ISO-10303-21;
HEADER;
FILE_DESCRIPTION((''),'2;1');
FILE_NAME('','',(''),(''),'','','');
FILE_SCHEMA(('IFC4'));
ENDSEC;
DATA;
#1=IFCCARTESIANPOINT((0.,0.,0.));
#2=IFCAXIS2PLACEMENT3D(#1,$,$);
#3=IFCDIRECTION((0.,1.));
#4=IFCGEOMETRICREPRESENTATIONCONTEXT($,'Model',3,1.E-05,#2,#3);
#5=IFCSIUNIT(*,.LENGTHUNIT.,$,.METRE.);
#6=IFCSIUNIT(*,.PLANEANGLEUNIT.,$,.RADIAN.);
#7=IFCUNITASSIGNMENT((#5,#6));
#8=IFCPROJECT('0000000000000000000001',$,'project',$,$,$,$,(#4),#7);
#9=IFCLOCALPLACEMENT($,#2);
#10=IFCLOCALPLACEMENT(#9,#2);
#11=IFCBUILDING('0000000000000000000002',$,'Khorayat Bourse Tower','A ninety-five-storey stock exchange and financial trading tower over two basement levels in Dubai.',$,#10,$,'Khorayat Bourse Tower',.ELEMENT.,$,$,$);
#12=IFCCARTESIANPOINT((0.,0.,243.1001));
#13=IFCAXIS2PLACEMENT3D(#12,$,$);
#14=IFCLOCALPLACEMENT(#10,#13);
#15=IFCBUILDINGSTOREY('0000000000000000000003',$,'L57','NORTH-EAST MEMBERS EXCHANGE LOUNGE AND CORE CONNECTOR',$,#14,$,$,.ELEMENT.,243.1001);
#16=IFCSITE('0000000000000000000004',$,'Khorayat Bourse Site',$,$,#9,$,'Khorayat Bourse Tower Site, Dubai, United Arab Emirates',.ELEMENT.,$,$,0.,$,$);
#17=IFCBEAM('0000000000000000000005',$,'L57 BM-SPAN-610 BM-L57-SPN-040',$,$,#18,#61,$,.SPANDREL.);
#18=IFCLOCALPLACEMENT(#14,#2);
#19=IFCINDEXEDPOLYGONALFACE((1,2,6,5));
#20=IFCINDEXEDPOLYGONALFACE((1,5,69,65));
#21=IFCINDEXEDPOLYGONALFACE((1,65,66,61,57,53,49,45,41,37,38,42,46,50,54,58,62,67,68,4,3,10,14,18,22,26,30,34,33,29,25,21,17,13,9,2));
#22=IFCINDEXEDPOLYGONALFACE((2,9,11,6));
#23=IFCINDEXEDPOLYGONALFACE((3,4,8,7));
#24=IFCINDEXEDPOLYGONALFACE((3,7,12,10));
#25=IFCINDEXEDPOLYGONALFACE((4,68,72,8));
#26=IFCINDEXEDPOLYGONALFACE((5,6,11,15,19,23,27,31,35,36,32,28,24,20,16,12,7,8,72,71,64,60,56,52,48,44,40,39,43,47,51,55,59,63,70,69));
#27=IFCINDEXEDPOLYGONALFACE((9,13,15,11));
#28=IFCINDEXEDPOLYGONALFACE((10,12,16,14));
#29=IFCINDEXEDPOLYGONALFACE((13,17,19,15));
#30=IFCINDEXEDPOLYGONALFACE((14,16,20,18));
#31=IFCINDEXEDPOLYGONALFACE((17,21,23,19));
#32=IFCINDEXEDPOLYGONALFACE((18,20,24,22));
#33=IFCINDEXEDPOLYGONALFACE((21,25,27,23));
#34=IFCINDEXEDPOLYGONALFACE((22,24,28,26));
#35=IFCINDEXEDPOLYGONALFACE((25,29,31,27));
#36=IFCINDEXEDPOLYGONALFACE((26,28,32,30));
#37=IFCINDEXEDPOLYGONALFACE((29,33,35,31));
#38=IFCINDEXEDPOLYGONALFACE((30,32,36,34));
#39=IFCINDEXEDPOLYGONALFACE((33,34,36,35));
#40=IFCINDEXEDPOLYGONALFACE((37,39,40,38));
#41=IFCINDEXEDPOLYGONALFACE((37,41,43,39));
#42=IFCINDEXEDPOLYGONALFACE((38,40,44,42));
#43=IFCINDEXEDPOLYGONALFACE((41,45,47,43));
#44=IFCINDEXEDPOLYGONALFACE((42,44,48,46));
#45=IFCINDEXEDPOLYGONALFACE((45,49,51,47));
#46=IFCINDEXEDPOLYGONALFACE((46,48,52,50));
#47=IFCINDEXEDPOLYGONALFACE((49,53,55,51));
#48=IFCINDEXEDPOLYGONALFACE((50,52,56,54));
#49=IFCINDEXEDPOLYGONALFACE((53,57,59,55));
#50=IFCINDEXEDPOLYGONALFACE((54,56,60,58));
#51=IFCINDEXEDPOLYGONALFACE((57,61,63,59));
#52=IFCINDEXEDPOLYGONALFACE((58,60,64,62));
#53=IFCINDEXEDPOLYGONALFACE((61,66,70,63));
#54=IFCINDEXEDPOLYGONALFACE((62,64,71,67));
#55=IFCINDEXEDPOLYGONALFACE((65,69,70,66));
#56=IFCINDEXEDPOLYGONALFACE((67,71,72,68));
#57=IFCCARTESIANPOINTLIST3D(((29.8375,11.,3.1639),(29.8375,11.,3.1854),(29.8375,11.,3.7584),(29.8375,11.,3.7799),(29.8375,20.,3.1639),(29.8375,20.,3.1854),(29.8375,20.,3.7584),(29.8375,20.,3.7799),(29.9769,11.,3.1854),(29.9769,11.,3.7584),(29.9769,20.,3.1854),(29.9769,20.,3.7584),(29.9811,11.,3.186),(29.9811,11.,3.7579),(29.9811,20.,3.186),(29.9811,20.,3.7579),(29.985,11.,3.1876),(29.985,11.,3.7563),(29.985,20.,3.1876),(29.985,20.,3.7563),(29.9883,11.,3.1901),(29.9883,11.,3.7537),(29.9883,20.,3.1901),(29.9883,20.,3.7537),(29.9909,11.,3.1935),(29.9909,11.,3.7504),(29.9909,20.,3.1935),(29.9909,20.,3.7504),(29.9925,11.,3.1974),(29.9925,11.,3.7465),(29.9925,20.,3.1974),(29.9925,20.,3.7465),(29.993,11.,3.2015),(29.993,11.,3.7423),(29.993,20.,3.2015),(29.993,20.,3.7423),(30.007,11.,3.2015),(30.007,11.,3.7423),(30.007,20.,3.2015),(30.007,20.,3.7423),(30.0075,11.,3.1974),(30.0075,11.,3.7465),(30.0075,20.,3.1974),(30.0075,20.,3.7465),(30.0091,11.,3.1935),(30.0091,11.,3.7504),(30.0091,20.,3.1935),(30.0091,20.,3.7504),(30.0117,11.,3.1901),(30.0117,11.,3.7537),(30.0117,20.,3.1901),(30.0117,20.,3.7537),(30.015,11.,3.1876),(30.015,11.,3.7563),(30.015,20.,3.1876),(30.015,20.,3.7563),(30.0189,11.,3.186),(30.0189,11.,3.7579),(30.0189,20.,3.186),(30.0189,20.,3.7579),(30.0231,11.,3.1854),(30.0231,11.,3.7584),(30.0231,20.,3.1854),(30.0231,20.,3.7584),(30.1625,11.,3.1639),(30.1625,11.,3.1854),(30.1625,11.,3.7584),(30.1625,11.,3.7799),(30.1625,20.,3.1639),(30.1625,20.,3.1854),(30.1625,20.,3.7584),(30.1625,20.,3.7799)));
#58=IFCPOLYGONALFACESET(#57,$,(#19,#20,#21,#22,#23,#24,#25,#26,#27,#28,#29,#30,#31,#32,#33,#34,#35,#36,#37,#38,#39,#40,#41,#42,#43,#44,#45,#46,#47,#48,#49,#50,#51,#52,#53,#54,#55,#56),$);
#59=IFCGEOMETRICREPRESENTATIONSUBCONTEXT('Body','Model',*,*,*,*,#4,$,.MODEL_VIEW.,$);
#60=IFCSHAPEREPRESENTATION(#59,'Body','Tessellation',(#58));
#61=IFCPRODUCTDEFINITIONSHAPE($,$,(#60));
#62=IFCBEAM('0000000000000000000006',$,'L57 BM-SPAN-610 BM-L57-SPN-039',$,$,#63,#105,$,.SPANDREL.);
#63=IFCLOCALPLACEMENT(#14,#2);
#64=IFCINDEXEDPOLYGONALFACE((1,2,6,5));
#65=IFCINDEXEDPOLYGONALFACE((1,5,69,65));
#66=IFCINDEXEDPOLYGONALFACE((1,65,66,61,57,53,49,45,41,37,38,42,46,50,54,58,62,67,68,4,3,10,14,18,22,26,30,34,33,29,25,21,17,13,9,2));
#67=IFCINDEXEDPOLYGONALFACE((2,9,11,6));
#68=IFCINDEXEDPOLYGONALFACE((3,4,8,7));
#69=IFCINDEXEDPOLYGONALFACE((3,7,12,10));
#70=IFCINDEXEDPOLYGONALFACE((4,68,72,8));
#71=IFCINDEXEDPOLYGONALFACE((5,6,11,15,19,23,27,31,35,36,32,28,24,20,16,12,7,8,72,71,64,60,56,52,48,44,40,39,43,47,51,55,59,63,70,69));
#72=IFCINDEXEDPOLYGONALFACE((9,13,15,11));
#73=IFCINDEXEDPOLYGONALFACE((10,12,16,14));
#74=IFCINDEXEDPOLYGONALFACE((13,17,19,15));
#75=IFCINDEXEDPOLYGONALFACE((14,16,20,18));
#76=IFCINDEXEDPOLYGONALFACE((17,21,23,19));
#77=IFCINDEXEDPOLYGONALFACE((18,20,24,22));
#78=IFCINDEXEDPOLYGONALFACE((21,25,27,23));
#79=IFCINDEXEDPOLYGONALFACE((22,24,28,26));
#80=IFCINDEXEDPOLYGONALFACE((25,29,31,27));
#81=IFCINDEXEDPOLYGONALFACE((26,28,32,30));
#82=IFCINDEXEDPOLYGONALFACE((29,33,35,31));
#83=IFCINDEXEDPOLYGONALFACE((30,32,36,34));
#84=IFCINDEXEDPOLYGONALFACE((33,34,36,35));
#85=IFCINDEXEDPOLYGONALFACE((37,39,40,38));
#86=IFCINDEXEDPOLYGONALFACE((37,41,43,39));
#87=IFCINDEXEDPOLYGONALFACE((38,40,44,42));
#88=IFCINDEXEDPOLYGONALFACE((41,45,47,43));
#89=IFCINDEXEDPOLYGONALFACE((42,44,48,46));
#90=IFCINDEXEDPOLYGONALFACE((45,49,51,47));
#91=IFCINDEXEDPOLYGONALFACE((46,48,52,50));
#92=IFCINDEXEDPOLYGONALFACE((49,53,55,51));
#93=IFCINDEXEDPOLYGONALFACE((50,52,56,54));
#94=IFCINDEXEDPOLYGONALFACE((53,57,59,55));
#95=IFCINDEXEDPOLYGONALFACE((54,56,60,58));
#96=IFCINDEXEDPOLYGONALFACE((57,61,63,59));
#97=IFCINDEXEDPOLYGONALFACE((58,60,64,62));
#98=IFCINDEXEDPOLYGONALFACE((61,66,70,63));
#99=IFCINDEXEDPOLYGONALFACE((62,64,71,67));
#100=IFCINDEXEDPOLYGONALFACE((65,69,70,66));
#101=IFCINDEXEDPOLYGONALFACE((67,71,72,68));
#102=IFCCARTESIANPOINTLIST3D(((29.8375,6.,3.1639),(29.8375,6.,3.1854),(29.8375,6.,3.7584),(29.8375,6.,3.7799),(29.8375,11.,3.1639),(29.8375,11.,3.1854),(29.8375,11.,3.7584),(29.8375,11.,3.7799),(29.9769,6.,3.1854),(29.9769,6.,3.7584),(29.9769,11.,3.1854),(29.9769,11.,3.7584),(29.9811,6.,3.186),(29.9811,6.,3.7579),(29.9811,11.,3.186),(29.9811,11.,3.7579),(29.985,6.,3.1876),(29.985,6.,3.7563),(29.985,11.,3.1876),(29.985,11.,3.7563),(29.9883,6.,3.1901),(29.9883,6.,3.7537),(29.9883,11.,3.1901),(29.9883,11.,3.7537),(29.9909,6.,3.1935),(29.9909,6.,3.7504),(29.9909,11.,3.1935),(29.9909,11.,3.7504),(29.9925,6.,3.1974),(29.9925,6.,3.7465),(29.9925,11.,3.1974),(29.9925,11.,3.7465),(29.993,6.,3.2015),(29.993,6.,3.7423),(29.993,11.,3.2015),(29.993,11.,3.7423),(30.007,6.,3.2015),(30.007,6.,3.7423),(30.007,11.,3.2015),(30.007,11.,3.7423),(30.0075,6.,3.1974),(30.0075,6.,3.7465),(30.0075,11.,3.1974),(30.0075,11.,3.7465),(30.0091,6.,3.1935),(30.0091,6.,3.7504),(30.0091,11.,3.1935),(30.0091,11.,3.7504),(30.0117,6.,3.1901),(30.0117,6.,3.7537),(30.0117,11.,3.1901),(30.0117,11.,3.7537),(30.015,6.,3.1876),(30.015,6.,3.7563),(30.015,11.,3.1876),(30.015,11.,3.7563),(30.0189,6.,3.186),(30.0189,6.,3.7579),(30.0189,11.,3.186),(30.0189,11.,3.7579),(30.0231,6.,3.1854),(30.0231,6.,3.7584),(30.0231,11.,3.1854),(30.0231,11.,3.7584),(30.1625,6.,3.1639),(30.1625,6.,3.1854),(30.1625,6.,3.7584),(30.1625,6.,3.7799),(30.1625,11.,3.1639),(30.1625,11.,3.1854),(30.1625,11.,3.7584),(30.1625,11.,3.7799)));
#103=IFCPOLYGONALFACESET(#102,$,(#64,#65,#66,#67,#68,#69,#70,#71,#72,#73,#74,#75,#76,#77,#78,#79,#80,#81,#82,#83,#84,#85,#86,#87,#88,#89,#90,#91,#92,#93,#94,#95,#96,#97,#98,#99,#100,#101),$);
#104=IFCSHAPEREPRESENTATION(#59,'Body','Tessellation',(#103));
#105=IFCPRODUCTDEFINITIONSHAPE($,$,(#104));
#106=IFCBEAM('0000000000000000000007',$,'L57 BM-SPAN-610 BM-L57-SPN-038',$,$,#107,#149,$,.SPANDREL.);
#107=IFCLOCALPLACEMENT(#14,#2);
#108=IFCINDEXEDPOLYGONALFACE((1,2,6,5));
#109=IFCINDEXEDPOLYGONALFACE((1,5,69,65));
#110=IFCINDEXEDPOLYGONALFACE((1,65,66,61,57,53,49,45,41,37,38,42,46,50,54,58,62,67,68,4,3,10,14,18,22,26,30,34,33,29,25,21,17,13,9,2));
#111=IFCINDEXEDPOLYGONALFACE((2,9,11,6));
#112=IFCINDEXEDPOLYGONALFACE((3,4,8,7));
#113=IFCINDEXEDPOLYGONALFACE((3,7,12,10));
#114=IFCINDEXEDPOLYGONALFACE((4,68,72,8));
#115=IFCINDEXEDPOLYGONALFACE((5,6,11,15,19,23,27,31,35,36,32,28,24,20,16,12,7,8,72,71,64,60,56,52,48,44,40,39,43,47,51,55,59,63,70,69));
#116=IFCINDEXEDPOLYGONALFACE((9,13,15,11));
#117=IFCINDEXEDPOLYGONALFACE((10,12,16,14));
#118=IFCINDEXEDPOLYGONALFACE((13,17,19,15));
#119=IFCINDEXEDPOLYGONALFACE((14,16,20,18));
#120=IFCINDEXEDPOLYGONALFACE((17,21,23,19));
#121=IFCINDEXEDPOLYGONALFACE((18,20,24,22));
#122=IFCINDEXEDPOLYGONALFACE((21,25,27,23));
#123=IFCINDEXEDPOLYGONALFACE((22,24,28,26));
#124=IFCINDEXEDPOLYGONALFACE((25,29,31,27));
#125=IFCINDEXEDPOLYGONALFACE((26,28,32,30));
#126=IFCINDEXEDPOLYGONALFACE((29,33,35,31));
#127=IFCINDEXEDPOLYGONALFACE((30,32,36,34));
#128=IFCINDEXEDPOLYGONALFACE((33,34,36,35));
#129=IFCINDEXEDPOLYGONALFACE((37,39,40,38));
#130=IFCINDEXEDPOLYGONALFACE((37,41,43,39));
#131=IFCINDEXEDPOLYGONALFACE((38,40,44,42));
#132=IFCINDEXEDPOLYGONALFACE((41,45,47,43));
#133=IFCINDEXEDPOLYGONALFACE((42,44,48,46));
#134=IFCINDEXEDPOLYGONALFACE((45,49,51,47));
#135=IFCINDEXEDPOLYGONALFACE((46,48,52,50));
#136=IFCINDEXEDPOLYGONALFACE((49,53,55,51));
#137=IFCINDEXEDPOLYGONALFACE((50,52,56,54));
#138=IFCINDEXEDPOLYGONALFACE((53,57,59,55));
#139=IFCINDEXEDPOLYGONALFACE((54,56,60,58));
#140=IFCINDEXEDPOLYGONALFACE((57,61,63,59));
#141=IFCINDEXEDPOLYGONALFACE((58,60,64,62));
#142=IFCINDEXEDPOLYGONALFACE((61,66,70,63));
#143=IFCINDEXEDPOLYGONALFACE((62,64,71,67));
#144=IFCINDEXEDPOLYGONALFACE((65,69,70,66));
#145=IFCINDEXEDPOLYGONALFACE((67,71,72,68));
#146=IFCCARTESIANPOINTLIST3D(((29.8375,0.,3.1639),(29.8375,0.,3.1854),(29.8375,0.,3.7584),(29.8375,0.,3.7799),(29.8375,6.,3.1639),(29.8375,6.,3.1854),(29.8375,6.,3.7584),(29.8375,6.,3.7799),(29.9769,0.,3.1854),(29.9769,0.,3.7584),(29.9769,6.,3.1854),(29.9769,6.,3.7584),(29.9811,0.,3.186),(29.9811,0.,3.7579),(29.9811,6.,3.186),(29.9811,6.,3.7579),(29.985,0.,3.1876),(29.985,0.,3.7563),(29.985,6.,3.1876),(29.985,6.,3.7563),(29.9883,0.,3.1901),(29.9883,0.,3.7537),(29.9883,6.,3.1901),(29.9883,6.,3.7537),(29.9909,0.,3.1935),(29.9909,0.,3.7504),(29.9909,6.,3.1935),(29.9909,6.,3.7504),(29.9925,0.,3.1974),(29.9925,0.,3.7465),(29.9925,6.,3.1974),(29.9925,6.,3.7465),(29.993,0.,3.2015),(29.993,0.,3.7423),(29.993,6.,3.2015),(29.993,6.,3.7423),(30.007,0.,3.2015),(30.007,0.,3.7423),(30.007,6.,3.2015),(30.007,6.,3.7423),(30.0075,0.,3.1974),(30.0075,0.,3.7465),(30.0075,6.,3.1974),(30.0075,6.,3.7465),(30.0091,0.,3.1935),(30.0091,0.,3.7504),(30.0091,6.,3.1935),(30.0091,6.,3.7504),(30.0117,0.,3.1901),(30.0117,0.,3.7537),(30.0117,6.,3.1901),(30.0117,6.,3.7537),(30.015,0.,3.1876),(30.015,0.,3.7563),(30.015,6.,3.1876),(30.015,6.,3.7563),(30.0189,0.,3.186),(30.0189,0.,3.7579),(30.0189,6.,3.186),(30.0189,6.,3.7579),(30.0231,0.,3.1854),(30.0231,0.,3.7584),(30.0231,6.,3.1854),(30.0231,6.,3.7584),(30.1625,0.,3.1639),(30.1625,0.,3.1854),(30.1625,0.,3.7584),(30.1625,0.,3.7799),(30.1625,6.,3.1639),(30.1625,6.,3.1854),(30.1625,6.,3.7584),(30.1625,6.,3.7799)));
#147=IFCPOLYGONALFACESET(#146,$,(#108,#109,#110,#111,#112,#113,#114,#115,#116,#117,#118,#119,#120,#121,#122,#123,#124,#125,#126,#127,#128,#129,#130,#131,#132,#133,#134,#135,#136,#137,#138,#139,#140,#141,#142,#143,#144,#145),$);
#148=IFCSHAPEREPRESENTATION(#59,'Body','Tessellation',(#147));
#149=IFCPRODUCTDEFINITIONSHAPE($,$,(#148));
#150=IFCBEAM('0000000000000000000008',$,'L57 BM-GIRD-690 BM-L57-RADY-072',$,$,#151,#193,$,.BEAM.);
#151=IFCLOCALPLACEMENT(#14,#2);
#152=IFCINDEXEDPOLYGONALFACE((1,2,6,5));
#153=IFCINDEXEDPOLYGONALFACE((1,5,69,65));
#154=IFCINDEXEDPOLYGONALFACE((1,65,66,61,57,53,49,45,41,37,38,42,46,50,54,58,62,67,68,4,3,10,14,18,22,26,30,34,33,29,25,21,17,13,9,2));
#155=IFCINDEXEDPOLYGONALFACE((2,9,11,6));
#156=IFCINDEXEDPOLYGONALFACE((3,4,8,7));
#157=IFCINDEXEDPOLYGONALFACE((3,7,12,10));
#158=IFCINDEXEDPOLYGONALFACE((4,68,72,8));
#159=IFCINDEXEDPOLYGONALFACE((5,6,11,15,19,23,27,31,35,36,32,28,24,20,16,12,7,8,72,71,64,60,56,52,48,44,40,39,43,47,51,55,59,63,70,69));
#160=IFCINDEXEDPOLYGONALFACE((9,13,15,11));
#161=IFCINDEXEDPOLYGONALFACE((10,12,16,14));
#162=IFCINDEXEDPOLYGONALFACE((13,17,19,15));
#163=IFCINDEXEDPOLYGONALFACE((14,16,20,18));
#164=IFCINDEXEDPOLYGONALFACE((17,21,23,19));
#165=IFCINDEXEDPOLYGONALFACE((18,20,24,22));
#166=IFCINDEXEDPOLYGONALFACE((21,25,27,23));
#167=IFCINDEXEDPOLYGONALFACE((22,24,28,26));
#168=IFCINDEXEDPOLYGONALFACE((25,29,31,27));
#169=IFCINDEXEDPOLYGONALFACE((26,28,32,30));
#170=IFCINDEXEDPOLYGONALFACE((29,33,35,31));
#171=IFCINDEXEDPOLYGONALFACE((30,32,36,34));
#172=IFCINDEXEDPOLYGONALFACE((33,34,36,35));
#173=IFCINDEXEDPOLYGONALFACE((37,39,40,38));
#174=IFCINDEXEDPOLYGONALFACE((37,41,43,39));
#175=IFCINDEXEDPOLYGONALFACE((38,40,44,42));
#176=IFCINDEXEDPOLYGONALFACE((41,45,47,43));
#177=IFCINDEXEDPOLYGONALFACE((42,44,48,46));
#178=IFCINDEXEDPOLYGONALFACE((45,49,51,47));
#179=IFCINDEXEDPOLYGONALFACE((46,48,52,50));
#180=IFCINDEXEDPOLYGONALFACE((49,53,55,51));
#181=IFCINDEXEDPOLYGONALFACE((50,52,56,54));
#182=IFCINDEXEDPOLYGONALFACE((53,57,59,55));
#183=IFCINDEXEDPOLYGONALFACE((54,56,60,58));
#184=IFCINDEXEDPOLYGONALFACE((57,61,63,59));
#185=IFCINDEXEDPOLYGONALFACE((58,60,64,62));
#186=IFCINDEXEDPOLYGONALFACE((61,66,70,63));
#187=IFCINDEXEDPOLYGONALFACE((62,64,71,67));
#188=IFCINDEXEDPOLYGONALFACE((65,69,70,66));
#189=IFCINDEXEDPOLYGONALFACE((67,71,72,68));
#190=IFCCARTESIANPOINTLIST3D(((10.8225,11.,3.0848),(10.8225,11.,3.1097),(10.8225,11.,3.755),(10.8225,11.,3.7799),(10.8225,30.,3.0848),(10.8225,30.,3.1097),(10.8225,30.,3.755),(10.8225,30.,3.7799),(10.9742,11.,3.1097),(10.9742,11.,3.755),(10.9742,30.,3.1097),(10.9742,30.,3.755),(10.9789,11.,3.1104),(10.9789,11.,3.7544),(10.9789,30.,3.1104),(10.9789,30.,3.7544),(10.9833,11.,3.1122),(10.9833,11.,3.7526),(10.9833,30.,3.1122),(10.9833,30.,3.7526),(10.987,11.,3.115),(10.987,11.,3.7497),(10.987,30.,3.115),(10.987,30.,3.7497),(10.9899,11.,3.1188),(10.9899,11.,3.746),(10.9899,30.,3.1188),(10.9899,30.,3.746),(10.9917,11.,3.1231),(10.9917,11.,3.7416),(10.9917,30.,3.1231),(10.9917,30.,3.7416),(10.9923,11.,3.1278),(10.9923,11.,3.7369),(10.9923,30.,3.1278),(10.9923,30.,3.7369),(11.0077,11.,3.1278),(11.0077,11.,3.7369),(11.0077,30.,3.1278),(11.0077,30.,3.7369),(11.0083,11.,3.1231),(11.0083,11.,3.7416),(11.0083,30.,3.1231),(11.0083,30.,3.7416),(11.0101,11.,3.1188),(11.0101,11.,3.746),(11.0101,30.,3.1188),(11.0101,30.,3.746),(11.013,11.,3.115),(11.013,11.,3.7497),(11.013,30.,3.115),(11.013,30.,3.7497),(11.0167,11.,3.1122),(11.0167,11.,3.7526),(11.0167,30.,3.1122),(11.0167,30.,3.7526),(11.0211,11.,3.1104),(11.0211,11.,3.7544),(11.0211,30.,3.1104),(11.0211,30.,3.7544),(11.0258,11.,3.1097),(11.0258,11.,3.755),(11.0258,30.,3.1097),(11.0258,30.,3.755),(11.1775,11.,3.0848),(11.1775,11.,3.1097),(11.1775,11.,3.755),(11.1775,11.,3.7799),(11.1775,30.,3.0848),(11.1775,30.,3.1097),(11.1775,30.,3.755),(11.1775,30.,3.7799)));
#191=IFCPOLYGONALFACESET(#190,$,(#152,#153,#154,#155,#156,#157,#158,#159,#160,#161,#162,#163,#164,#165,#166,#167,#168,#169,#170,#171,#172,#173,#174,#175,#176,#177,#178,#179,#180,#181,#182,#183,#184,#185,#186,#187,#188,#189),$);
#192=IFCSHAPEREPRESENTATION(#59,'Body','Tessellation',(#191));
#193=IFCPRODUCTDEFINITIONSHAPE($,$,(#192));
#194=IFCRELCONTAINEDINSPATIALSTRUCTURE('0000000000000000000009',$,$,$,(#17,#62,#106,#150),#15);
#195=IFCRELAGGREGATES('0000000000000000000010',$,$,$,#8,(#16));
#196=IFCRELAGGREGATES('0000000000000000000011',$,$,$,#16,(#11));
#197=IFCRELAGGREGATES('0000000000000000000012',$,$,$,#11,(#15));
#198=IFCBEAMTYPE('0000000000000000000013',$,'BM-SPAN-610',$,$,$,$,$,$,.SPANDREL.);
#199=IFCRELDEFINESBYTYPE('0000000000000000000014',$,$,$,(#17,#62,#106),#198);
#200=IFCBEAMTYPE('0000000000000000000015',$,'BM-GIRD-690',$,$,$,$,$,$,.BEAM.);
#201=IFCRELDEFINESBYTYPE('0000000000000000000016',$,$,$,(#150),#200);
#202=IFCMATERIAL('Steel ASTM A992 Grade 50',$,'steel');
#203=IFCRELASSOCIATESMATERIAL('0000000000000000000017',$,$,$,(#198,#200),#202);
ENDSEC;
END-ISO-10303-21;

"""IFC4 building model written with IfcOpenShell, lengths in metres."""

from ifc_helpers import new_model, si_unit, direction, frame, origin, origin_2d, place, context, subcontext, project, spatial, i_section, extrude, source, transform, mapped, material, material_profile, profile_set, type_object, element, save


model = new_model("IFC4")

# Units and contexts
model_context = context("Model", 3, precision=1e-05, world=origin(), true_north=direction((0.0, 1.0)))
body_context = subcontext(model_context, "Body", "Model", "MODEL_VIEW")
ifc_project = project(units=[si_unit("LENGTHUNIT", "METRE"), si_unit("PLANEANGLEUNIT", "RADIAN")], contexts=[model_context])

# Site, building, storey
site_placement = place(None, origin())
site = spatial("IfcSite", under=ifc_project, at=site_placement, Name="Khorayat Bourse Site", LongName="Khorayat Bourse Tower Site, Dubai, United Arab Emirates", CompositionType="ELEMENT", RefElevation=0.0)
building_placement = place(site_placement, origin())
building = spatial("IfcBuilding", under=site, at=building_placement, Name="Khorayat Bourse Tower", Description="A ninety-five-storey stock exchange and financial trading tower over two basement levels in Dubai.", LongName="Khorayat Bourse Tower", CompositionType="ELEMENT")
storey_placement = place(building_placement, frame((0.0, 0.0, 243.1001)))
storey = spatial("IfcBuildingStorey", under=building, at=storey_placement, Name="L57", Description="NORTH-EAST MEMBERS EXCHANGE LOUNGE AND CORE CONNECTOR", CompositionType="ELEMENT", Elevation=243.1001)

# Beams
ifc_material_1 = material(Name="Steel ASTM A992 Grade 50", Category="steel")
ifc_material_profile_1 = material_profile(ifc_material_1, i_section(OverallWidth=0.325, OverallDepth=0.616, WebThickness=0.0139, FlangeThickness=0.0215, FilletRadius=0.0161, at=origin_2d()), Name="W610X174")
ifc_profile_set_1 = profile_set([ifc_material_profile_1], Name="Steel ASTM A992 Grade 50")
beam_type_1 = type_object("IfcBeamType", Name="BM-SPAN-610", PredefinedType="SPANDREL", material=ifc_profile_set_1)
shared_shape_1 = source(origin(), body_context, "Body", "SweptSolid", [
    extrude(i_section(OverallWidth=0.325, OverallDepth=0.616, WebThickness=0.0139, FlangeThickness=0.0215, FilletRadius=0.0161, at=origin_2d()), origin(), (0.0, 0.0, 1.0), 9.0),
])
beam_1_placement = place(storey_placement, frame((30.0, 11.0, 3.4719), z_axis=(0.0, 1.0, 0.0), x_axis=(-1.0, 0.0, 0.0)))
element("IfcBeam", 1, at=beam_1_placement, inside=storey, type_object=beam_type_1, Name="L57 BM-SPAN-610 BM-L57-SPN-040", PredefinedType="SPANDREL", context=body_context, shape_type="MappedRepresentation", body=[
    mapped(shared_shape_1, transform((0.0, 0.0, 0.0), scale=1.0)),
])
shared_shape_2 = source(origin(), body_context, "Body", "SweptSolid", [
    extrude(i_section(OverallWidth=0.325, OverallDepth=0.616, WebThickness=0.0139, FlangeThickness=0.0215, FilletRadius=0.0161, at=origin_2d()), origin(), (0.0, 0.0, 1.0), 5.0),
])
beam_2_placement = place(storey_placement, frame((30.0, 6.0, 3.4719), z_axis=(0.0, 1.0, 0.0), x_axis=(-1.0, 0.0, 0.0)))
element("IfcBeam", 2, at=beam_2_placement, inside=storey, type_object=beam_type_1, Name="L57 BM-SPAN-610 BM-L57-SPN-039", PredefinedType="SPANDREL", context=body_context, shape_type="MappedRepresentation", body=[
    mapped(shared_shape_2, transform((0.0, 0.0, 0.0), scale=1.0)),
])
shared_shape_3 = source(origin(), body_context, "Body", "SweptSolid", [
    extrude(i_section(OverallWidth=0.325, OverallDepth=0.616, WebThickness=0.0139, FlangeThickness=0.0215, FilletRadius=0.0161, at=origin_2d()), origin(), (0.0, 0.0, 1.0), 6.0),
])
beam_3_placement = place(storey_placement, frame((30.0, 0.0, 3.4719), z_axis=(0.0, 1.0, 0.0), x_axis=(-1.0, 0.0, 0.0)))
element("IfcBeam", 3, at=beam_3_placement, inside=storey, type_object=beam_type_1, Name="L57 BM-SPAN-610 BM-L57-SPN-038", PredefinedType="SPANDREL", context=body_context, shape_type="MappedRepresentation", body=[
    mapped(shared_shape_3, transform((0.0, 0.0, 0.0), scale=1.0)),
])
ifc_material_profile_2 = material_profile(ifc_material_1, i_section(OverallWidth=0.355, OverallDepth=0.6951, WebThickness=0.0154, FlangeThickness=0.0249, FilletRadius=0.0181, at=origin_2d()), Name="W690X217")
ifc_profile_set_2 = profile_set([ifc_material_profile_2], Name="Steel ASTM A992 Grade 50")
beam_type_2 = type_object("IfcBeamType", Name="BM-GIRD-690", PredefinedType="BEAM", material=ifc_profile_set_2)
shared_shape_4 = source(origin(), body_context, "Body", "SweptSolid", [
    extrude(i_section(OverallWidth=0.355, OverallDepth=0.6951, WebThickness=0.0154, FlangeThickness=0.0249, FilletRadius=0.0181, at=origin_2d()), origin(), (0.0, 0.0, 1.0), 19.0),
])
for number, where, z_axis, x_axis, name in (
    (4, (11.0, 11.0, 3.4324), (0.0, 1.0, 0.0), (-1.0, 0.0, 0.0), "L57 BM-GIRD-690 BM-L57-RADY-072"),
):
    element("IfcBeam", number, at=place(storey_placement, frame(where, z_axis=z_axis, x_axis=x_axis)), inside=storey, type_object=beam_type_2, Name=name, PredefinedType="BEAM", context=body_context, shape_type="MappedRepresentation", body=[
        mapped(shared_shape_4, transform((0.0, 0.0, 0.0), scale=1.0)),
    ])

save(model, "model.ifc")
